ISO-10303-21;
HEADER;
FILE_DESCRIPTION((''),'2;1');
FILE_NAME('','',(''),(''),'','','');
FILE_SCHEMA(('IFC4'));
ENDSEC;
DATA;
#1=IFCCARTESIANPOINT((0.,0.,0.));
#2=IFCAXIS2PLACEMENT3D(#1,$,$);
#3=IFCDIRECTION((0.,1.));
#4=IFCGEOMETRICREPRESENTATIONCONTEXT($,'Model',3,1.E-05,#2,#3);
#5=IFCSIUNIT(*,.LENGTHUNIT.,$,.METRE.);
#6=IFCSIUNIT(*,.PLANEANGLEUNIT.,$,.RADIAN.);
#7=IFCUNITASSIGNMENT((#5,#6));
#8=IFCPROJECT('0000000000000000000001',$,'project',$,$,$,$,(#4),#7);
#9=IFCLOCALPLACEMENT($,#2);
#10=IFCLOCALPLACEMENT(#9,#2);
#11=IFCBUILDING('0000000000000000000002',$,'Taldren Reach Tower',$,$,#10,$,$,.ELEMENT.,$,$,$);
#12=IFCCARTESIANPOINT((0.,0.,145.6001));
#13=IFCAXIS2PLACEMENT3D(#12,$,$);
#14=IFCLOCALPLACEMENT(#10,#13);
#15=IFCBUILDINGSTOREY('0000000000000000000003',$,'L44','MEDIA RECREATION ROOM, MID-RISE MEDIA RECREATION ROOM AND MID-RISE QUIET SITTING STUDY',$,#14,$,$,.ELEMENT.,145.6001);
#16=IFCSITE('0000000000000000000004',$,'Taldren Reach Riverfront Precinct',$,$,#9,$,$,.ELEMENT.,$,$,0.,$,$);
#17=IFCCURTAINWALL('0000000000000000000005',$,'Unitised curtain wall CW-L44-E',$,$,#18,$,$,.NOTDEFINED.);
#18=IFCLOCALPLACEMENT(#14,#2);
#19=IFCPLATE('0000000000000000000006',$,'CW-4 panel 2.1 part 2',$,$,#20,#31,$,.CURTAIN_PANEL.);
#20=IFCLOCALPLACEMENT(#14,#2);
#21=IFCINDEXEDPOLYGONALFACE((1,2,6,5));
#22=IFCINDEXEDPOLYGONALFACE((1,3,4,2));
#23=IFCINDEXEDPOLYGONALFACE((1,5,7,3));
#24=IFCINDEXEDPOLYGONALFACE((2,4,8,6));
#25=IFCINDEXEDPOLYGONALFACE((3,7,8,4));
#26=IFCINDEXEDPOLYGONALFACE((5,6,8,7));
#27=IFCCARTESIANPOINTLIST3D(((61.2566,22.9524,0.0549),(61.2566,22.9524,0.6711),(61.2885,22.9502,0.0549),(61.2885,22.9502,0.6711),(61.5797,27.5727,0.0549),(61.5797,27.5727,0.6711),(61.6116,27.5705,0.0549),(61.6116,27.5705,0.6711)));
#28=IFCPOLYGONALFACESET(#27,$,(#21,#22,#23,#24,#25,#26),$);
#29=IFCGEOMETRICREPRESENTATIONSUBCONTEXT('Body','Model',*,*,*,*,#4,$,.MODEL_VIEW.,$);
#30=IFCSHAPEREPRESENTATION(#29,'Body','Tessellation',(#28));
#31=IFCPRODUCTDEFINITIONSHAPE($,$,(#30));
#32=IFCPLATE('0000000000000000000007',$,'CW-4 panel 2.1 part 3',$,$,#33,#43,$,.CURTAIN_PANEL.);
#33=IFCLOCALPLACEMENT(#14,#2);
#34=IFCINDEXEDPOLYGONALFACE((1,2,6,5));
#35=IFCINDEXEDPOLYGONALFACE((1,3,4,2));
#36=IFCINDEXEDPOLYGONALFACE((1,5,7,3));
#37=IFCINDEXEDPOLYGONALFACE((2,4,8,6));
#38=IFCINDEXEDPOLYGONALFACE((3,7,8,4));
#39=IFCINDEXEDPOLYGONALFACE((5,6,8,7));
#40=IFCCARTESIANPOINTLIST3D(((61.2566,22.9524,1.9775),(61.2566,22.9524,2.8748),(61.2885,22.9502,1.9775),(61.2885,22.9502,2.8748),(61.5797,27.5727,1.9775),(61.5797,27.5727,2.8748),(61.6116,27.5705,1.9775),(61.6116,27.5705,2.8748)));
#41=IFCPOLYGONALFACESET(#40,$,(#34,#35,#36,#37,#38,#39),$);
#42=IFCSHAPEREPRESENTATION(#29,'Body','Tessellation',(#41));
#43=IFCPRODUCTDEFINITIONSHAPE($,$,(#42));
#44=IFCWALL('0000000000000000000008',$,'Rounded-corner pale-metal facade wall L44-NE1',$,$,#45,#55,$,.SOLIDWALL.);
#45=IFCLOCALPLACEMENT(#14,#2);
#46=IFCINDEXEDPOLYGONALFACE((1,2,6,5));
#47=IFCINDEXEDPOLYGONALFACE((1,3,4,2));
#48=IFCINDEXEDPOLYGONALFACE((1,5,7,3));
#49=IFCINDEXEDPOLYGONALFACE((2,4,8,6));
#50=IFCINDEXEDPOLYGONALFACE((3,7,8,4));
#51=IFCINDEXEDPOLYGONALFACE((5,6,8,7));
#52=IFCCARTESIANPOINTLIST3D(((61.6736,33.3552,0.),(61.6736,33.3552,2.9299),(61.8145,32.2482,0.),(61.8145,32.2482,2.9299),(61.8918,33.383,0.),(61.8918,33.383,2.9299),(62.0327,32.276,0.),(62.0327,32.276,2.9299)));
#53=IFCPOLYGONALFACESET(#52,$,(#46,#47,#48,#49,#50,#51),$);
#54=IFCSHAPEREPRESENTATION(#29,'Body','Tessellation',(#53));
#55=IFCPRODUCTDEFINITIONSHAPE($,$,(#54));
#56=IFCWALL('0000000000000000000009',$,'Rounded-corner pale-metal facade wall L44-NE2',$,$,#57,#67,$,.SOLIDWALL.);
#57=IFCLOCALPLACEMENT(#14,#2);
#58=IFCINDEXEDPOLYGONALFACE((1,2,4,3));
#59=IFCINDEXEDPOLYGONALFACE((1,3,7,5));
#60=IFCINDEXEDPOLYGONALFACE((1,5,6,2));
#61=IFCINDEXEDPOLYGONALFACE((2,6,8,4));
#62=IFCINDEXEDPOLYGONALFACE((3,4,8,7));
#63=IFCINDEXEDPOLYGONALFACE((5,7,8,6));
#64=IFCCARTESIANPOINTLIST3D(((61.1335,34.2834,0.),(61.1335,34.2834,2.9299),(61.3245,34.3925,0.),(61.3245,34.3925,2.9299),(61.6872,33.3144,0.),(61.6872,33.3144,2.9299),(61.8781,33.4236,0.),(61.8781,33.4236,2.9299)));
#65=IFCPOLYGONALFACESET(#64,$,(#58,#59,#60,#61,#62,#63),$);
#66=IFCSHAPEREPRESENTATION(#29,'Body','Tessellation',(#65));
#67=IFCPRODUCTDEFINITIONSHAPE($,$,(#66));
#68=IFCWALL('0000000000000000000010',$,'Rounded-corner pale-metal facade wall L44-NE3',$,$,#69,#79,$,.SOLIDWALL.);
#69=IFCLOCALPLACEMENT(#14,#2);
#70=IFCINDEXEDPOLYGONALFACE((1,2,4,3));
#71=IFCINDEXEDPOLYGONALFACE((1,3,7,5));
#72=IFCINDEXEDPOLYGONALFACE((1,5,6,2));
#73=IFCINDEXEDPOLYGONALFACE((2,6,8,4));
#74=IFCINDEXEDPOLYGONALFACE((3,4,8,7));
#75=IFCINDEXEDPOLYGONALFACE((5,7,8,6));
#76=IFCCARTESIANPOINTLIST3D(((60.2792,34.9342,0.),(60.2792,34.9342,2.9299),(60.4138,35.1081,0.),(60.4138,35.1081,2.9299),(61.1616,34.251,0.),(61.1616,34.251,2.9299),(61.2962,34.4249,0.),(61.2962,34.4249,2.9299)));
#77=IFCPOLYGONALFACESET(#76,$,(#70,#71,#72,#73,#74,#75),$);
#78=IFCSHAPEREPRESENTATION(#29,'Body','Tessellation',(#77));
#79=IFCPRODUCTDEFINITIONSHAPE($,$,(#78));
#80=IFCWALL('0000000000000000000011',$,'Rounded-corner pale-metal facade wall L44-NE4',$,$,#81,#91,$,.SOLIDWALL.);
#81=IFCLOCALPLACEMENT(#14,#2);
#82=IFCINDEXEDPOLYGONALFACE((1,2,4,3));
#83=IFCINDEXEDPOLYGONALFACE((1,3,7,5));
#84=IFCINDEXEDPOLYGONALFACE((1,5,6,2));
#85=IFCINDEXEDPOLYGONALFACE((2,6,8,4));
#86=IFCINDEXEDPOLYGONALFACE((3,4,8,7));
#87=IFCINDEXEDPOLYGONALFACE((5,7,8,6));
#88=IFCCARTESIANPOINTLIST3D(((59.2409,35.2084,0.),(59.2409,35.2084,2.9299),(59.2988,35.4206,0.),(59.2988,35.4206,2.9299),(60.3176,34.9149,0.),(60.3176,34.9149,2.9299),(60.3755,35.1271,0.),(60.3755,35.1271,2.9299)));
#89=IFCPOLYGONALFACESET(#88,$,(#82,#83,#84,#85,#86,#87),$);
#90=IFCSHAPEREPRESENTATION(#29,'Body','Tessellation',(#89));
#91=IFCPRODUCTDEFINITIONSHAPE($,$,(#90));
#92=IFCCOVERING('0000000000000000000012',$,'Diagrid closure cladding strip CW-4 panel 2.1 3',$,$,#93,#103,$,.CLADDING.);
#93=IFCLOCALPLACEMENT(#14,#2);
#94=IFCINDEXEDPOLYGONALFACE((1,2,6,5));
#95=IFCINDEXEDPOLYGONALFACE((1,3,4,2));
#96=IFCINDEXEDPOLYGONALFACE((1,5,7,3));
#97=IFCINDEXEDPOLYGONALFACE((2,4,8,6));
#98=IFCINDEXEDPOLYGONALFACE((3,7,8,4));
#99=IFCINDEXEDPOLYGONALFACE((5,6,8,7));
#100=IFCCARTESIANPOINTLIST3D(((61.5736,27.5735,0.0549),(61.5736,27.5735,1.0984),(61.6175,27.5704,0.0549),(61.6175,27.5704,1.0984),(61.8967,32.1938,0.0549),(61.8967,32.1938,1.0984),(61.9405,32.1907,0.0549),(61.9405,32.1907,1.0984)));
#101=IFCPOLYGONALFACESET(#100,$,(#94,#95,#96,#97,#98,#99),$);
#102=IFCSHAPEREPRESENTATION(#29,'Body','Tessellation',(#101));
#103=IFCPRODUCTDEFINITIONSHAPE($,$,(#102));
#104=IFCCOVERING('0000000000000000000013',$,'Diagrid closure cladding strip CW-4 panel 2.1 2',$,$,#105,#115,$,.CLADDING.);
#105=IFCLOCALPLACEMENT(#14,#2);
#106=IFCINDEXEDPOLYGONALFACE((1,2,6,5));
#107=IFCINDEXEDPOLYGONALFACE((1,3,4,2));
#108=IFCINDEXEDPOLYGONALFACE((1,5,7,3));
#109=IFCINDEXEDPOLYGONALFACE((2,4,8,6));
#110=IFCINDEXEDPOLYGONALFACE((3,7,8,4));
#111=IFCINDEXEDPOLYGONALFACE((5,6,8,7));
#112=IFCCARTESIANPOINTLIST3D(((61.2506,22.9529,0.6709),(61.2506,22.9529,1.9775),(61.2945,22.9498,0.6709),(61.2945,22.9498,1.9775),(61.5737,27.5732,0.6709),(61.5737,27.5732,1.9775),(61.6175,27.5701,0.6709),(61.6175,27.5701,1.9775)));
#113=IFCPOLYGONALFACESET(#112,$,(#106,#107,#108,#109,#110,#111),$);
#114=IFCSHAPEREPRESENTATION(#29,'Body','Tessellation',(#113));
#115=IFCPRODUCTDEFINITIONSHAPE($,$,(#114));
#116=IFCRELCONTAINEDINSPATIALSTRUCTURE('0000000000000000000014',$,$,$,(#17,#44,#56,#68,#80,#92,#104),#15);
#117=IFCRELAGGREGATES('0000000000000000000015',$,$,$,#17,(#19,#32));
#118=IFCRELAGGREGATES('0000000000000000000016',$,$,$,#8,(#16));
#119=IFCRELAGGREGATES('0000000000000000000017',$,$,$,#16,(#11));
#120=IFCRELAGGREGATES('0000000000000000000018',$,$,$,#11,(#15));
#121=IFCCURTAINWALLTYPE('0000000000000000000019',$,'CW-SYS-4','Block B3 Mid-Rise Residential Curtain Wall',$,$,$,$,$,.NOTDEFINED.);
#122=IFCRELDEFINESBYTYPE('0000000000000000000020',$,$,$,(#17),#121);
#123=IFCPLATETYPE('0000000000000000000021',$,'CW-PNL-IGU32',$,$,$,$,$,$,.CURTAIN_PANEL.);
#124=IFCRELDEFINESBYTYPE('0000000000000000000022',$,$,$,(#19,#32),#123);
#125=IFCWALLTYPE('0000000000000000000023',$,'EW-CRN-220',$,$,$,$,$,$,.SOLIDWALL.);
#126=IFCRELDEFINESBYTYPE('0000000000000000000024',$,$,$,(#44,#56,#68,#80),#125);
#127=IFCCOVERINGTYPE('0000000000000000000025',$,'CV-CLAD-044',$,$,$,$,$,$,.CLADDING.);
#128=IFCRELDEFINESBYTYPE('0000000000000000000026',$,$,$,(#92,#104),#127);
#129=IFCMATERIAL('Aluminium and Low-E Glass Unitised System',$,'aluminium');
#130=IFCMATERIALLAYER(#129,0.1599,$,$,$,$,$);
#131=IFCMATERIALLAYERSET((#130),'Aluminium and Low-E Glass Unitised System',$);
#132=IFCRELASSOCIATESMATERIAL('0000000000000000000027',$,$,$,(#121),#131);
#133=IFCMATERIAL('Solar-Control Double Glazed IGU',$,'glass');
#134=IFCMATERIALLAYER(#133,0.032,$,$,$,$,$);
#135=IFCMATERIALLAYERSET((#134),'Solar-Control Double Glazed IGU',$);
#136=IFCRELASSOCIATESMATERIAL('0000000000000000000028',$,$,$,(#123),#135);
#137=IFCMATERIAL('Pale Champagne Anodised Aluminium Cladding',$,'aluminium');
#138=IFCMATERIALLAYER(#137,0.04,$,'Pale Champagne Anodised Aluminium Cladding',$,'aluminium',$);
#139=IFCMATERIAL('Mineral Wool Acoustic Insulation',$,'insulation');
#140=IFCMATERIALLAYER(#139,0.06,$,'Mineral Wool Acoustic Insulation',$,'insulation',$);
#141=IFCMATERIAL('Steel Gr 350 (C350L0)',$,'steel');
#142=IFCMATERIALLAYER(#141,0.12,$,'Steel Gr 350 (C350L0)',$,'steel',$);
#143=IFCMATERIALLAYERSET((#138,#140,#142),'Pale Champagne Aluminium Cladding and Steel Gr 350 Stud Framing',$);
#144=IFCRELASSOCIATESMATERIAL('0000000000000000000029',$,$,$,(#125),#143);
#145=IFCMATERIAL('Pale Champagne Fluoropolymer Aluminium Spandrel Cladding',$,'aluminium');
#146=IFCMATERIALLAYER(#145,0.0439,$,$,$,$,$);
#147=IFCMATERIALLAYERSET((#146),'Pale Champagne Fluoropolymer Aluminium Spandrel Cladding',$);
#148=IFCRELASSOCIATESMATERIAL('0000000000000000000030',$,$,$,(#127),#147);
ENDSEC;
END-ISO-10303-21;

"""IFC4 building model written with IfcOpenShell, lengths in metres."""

from ifc_helpers import new_model, si_unit, direction, frame, frame_2d, origin, origin_2d, place, context, subcontext, project, spatial, rectangle, extrude, source, transform, mapped, material, layer, layer_set, type_object, element, aggregate, save


model = new_model("IFC4")

# Units and contexts
model_context = context("Model", 3, precision=1e-05, world=origin(), true_north=direction((0.0, 1.0)))
body_context = subcontext(model_context, "Body", "Model", "MODEL_VIEW")
ifc_project = project(units=[si_unit("LENGTHUNIT", "METRE"), si_unit("PLANEANGLEUNIT", "RADIAN")], contexts=[model_context])

# Site, building, storey
site_placement = place(None, origin())
site = spatial("IfcSite", under=ifc_project, at=site_placement, Name="Taldren Reach Riverfront Precinct", CompositionType="ELEMENT", RefElevation=0.0)
building_placement = place(site_placement, origin())
building = spatial("IfcBuilding", under=site, at=building_placement, Name="Taldren Reach Tower", CompositionType="ELEMENT")
storey_placement = place(building_placement, frame((0.0, 0.0, 145.6001)))
storey = spatial("IfcBuildingStorey", under=building, at=storey_placement, Name="L44", Description="MEDIA RECREATION ROOM, MID-RISE MEDIA RECREATION ROOM AND MID-RISE QUIET SITTING STUDY", CompositionType="ELEMENT", Elevation=145.6001)

# Shared definitions
ifc_material_1 = material(Name="Steel Gr 350 (C350L0)", Category="steel")

# Shared definitions
ifc_material_2 = material(Name="Aluminium and Low-E Glass Unitised System", Category="aluminium")
ifc_layer_1 = layer(ifc_material_2, 0.1599)
ifc_layer_set_1 = layer_set([ifc_layer_1], Name="Aluminium and Low-E Glass Unitised System")
curtain_wall_type = type_object("IfcCurtainWallType", Name="CW-SYS-4", Description="Block B3 Mid-Rise Residential Curtain Wall", PredefinedType="NOTDEFINED", material=ifc_layer_set_1)

# Curtain wall
curtain_wall_1_placement = place(storey_placement, origin())
curtain_wall_1 = element("IfcCurtainWall", 1, at=curtain_wall_1_placement, inside=storey, type_object=curtain_wall_type, Name="Unitised curtain wall CW-L44-E", PredefinedType="NOTDEFINED")

# Plates
ifc_material_3 = material(Name="Solar-Control Double Glazed IGU", Category="glass")
ifc_layer_2 = layer(ifc_material_3, 0.032)
ifc_layer_set_2 = layer_set([ifc_layer_2], Name="Solar-Control Double Glazed IGU")
plate_type_1 = type_object("IfcPlateType", Name="CW-PNL-IGU32", PredefinedType="CURTAIN_PANEL", material=ifc_layer_set_2)
shared_shape_1 = source(origin(), body_context, "Body", "SweptSolid", [
    extrude(rectangle(XDim=4.6316, YDim=0.032, at=origin_2d()), origin(), (0.0, 0.0, 1.0), 0.6162),
])
plate_1_placement = place(storey_placement, frame((61.4341, 25.2615, 0.0549), z_axis=(0.0, 0.0, 1.0), x_axis=(0.069756, 0.997564, 0.0)))
plate_1 = element("IfcPlate", 2, at=plate_1_placement, type_object=plate_type_1, Name="CW-4 panel 2.1 part 2", PredefinedType="CURTAIN_PANEL", context=body_context, shape_type="MappedRepresentation", body=[
    mapped(shared_shape_1, transform((0.0, 0.0, 0.0), scale=1.0)),
])
shared_shape_2 = source(origin(), body_context, "Body", "SweptSolid", [
    extrude(rectangle(XDim=4.6316, YDim=0.032, at=origin_2d()), origin(), (0.0, 0.0, 1.0), 0.8972),
])
plate_2_placement = place(storey_placement, frame((61.4341, 25.2615, 1.9775), z_axis=(0.0, 0.0, 1.0), x_axis=(0.069756, 0.997564, 0.0)))
plate_2 = element("IfcPlate", 3, at=plate_2_placement, type_object=plate_type_1, Name="CW-4 panel 2.1 part 3", PredefinedType="CURTAIN_PANEL", context=body_context, shape_type="MappedRepresentation", body=[
    mapped(shared_shape_2, transform((0.0, 0.0, 0.0), scale=1.0)),
])
aggregate(curtain_wall_1, [plate_1, plate_2])

# Walls
ifc_material_4 = material(Name="Pale Champagne Anodised Aluminium Cladding", Category="aluminium")
ifc_layer_3 = layer(ifc_material_4, 0.04, Name="Pale Champagne Anodised Aluminium Cladding", Category="aluminium")
ifc_material_5 = material(Name="Mineral Wool Acoustic Insulation", Category="insulation")
ifc_layer_4 = layer(ifc_material_5, 0.06, Name="Mineral Wool Acoustic Insulation", Category="insulation")
ifc_layer_5 = layer(ifc_material_1, 0.12, Name="Steel Gr 350 (C350L0)", Category="steel")
ifc_layer_set_3 = layer_set([ifc_layer_3, ifc_layer_4, ifc_layer_5], Name="Pale Champagne Aluminium Cladding and Steel Gr 350 Stud Framing")
wall_type = type_object("IfcWallType", Name="EW-CRN-220", PredefinedType="SOLIDWALL", material=ifc_layer_set_3)
shared_shape_3 = source(origin(), body_context, "Body", "SweptSolid", [
    extrude(rectangle(XDim=1.116, YDim=0.22, at=frame_2d((0.5581, 0.0))), origin(), (0.0, 0.0, 1.0), 2.9299),
])
for number, where, z_axis, x_axis, name in (
    (4, (61.9236, 32.262, 0.0), (0.0, 0.0, 1.0), (-0.126243, 0.991999, 0.0), "Rounded-corner pale-metal facade wall L44-NE1"),
    (5, (61.7827, 33.3689, 0.0), (0.0, 0.0, 1.0), (-0.496139, 0.868243, 0.0), "Rounded-corner pale-metal facade wall L44-NE2"),
    (6, (61.229, 34.3379, 0.0), (0.0, 0.0, 1.0), (-0.790717, 0.612182, 0.0), "Rounded-corner pale-metal facade wall L44-NE3"),
    (7, (60.3467, 35.021, 0.0), (0.0, 0.0, 1.0), (-0.964804, 0.262969, 0.0), "Rounded-corner pale-metal facade wall L44-NE4"),
):
    element("IfcWall", number, at=place(storey_placement, frame(where, z_axis=z_axis, x_axis=x_axis)), inside=storey, type_object=wall_type, Name=name, PredefinedType="SOLIDWALL", context=body_context, shape_type="MappedRepresentation", body=[
        mapped(shared_shape_3, transform((0.0, 0.0, 0.0), scale=1.0)),
    ])

# Coverings
ifc_material_6 = material(Name="Pale Champagne Fluoropolymer Aluminium Spandrel Cladding", Category="aluminium")
ifc_layer_6 = layer(ifc_material_6, 0.0439)
ifc_layer_set_4 = layer_set([ifc_layer_6], Name="Pale Champagne Fluoropolymer Aluminium Spandrel Cladding")
covering_type = type_object("IfcCoveringType", Name="CV-CLAD-044", PredefinedType="CLADDING", material=ifc_layer_set_4)
shared_shape_4 = source(origin(), body_context, "Body", "SweptSolid", [
    extrude(rectangle(XDim=4.6316, YDim=0.0439, at=origin_2d()), origin(), (0.0, 0.0, 1.0), 1.0435),
])
covering_1_placement = place(storey_placement, frame((61.7571, 29.8821, 0.0549), z_axis=(0.0, 0.0, 1.0), x_axis=(0.069756, 0.997564, 0.0)))
element("IfcCovering", 8, at=covering_1_placement, inside=storey, type_object=covering_type, Name="Diagrid closure cladding strip CW-4 panel 2.1 3", PredefinedType="CLADDING", context=body_context, shape_type="MappedRepresentation", body=[
    mapped(shared_shape_4, transform((0.0, 0.0, 0.0), scale=1.0)),
])
shared_shape_5 = source(origin(), body_context, "Body", "SweptSolid", [
    extrude(rectangle(XDim=4.6316, YDim=0.0439, at=origin_2d()), origin(), (0.0, 0.0, 1.0), 1.3066),
])
covering_2_placement = place(storey_placement, frame((61.4341, 25.2615, 0.6709), z_axis=(0.0, 0.0, 1.0), x_axis=(0.069756, 0.997564, 0.0)))
element("IfcCovering", 9, at=covering_2_placement, inside=storey, type_object=covering_type, Name="Diagrid closure cladding strip CW-4 panel 2.1 2", PredefinedType="CLADDING", context=body_context, shape_type="MappedRepresentation", body=[
    mapped(shared_shape_5, transform((0.0, 0.0, 0.0), scale=1.0)),
])

save(model, "model.ifc")
